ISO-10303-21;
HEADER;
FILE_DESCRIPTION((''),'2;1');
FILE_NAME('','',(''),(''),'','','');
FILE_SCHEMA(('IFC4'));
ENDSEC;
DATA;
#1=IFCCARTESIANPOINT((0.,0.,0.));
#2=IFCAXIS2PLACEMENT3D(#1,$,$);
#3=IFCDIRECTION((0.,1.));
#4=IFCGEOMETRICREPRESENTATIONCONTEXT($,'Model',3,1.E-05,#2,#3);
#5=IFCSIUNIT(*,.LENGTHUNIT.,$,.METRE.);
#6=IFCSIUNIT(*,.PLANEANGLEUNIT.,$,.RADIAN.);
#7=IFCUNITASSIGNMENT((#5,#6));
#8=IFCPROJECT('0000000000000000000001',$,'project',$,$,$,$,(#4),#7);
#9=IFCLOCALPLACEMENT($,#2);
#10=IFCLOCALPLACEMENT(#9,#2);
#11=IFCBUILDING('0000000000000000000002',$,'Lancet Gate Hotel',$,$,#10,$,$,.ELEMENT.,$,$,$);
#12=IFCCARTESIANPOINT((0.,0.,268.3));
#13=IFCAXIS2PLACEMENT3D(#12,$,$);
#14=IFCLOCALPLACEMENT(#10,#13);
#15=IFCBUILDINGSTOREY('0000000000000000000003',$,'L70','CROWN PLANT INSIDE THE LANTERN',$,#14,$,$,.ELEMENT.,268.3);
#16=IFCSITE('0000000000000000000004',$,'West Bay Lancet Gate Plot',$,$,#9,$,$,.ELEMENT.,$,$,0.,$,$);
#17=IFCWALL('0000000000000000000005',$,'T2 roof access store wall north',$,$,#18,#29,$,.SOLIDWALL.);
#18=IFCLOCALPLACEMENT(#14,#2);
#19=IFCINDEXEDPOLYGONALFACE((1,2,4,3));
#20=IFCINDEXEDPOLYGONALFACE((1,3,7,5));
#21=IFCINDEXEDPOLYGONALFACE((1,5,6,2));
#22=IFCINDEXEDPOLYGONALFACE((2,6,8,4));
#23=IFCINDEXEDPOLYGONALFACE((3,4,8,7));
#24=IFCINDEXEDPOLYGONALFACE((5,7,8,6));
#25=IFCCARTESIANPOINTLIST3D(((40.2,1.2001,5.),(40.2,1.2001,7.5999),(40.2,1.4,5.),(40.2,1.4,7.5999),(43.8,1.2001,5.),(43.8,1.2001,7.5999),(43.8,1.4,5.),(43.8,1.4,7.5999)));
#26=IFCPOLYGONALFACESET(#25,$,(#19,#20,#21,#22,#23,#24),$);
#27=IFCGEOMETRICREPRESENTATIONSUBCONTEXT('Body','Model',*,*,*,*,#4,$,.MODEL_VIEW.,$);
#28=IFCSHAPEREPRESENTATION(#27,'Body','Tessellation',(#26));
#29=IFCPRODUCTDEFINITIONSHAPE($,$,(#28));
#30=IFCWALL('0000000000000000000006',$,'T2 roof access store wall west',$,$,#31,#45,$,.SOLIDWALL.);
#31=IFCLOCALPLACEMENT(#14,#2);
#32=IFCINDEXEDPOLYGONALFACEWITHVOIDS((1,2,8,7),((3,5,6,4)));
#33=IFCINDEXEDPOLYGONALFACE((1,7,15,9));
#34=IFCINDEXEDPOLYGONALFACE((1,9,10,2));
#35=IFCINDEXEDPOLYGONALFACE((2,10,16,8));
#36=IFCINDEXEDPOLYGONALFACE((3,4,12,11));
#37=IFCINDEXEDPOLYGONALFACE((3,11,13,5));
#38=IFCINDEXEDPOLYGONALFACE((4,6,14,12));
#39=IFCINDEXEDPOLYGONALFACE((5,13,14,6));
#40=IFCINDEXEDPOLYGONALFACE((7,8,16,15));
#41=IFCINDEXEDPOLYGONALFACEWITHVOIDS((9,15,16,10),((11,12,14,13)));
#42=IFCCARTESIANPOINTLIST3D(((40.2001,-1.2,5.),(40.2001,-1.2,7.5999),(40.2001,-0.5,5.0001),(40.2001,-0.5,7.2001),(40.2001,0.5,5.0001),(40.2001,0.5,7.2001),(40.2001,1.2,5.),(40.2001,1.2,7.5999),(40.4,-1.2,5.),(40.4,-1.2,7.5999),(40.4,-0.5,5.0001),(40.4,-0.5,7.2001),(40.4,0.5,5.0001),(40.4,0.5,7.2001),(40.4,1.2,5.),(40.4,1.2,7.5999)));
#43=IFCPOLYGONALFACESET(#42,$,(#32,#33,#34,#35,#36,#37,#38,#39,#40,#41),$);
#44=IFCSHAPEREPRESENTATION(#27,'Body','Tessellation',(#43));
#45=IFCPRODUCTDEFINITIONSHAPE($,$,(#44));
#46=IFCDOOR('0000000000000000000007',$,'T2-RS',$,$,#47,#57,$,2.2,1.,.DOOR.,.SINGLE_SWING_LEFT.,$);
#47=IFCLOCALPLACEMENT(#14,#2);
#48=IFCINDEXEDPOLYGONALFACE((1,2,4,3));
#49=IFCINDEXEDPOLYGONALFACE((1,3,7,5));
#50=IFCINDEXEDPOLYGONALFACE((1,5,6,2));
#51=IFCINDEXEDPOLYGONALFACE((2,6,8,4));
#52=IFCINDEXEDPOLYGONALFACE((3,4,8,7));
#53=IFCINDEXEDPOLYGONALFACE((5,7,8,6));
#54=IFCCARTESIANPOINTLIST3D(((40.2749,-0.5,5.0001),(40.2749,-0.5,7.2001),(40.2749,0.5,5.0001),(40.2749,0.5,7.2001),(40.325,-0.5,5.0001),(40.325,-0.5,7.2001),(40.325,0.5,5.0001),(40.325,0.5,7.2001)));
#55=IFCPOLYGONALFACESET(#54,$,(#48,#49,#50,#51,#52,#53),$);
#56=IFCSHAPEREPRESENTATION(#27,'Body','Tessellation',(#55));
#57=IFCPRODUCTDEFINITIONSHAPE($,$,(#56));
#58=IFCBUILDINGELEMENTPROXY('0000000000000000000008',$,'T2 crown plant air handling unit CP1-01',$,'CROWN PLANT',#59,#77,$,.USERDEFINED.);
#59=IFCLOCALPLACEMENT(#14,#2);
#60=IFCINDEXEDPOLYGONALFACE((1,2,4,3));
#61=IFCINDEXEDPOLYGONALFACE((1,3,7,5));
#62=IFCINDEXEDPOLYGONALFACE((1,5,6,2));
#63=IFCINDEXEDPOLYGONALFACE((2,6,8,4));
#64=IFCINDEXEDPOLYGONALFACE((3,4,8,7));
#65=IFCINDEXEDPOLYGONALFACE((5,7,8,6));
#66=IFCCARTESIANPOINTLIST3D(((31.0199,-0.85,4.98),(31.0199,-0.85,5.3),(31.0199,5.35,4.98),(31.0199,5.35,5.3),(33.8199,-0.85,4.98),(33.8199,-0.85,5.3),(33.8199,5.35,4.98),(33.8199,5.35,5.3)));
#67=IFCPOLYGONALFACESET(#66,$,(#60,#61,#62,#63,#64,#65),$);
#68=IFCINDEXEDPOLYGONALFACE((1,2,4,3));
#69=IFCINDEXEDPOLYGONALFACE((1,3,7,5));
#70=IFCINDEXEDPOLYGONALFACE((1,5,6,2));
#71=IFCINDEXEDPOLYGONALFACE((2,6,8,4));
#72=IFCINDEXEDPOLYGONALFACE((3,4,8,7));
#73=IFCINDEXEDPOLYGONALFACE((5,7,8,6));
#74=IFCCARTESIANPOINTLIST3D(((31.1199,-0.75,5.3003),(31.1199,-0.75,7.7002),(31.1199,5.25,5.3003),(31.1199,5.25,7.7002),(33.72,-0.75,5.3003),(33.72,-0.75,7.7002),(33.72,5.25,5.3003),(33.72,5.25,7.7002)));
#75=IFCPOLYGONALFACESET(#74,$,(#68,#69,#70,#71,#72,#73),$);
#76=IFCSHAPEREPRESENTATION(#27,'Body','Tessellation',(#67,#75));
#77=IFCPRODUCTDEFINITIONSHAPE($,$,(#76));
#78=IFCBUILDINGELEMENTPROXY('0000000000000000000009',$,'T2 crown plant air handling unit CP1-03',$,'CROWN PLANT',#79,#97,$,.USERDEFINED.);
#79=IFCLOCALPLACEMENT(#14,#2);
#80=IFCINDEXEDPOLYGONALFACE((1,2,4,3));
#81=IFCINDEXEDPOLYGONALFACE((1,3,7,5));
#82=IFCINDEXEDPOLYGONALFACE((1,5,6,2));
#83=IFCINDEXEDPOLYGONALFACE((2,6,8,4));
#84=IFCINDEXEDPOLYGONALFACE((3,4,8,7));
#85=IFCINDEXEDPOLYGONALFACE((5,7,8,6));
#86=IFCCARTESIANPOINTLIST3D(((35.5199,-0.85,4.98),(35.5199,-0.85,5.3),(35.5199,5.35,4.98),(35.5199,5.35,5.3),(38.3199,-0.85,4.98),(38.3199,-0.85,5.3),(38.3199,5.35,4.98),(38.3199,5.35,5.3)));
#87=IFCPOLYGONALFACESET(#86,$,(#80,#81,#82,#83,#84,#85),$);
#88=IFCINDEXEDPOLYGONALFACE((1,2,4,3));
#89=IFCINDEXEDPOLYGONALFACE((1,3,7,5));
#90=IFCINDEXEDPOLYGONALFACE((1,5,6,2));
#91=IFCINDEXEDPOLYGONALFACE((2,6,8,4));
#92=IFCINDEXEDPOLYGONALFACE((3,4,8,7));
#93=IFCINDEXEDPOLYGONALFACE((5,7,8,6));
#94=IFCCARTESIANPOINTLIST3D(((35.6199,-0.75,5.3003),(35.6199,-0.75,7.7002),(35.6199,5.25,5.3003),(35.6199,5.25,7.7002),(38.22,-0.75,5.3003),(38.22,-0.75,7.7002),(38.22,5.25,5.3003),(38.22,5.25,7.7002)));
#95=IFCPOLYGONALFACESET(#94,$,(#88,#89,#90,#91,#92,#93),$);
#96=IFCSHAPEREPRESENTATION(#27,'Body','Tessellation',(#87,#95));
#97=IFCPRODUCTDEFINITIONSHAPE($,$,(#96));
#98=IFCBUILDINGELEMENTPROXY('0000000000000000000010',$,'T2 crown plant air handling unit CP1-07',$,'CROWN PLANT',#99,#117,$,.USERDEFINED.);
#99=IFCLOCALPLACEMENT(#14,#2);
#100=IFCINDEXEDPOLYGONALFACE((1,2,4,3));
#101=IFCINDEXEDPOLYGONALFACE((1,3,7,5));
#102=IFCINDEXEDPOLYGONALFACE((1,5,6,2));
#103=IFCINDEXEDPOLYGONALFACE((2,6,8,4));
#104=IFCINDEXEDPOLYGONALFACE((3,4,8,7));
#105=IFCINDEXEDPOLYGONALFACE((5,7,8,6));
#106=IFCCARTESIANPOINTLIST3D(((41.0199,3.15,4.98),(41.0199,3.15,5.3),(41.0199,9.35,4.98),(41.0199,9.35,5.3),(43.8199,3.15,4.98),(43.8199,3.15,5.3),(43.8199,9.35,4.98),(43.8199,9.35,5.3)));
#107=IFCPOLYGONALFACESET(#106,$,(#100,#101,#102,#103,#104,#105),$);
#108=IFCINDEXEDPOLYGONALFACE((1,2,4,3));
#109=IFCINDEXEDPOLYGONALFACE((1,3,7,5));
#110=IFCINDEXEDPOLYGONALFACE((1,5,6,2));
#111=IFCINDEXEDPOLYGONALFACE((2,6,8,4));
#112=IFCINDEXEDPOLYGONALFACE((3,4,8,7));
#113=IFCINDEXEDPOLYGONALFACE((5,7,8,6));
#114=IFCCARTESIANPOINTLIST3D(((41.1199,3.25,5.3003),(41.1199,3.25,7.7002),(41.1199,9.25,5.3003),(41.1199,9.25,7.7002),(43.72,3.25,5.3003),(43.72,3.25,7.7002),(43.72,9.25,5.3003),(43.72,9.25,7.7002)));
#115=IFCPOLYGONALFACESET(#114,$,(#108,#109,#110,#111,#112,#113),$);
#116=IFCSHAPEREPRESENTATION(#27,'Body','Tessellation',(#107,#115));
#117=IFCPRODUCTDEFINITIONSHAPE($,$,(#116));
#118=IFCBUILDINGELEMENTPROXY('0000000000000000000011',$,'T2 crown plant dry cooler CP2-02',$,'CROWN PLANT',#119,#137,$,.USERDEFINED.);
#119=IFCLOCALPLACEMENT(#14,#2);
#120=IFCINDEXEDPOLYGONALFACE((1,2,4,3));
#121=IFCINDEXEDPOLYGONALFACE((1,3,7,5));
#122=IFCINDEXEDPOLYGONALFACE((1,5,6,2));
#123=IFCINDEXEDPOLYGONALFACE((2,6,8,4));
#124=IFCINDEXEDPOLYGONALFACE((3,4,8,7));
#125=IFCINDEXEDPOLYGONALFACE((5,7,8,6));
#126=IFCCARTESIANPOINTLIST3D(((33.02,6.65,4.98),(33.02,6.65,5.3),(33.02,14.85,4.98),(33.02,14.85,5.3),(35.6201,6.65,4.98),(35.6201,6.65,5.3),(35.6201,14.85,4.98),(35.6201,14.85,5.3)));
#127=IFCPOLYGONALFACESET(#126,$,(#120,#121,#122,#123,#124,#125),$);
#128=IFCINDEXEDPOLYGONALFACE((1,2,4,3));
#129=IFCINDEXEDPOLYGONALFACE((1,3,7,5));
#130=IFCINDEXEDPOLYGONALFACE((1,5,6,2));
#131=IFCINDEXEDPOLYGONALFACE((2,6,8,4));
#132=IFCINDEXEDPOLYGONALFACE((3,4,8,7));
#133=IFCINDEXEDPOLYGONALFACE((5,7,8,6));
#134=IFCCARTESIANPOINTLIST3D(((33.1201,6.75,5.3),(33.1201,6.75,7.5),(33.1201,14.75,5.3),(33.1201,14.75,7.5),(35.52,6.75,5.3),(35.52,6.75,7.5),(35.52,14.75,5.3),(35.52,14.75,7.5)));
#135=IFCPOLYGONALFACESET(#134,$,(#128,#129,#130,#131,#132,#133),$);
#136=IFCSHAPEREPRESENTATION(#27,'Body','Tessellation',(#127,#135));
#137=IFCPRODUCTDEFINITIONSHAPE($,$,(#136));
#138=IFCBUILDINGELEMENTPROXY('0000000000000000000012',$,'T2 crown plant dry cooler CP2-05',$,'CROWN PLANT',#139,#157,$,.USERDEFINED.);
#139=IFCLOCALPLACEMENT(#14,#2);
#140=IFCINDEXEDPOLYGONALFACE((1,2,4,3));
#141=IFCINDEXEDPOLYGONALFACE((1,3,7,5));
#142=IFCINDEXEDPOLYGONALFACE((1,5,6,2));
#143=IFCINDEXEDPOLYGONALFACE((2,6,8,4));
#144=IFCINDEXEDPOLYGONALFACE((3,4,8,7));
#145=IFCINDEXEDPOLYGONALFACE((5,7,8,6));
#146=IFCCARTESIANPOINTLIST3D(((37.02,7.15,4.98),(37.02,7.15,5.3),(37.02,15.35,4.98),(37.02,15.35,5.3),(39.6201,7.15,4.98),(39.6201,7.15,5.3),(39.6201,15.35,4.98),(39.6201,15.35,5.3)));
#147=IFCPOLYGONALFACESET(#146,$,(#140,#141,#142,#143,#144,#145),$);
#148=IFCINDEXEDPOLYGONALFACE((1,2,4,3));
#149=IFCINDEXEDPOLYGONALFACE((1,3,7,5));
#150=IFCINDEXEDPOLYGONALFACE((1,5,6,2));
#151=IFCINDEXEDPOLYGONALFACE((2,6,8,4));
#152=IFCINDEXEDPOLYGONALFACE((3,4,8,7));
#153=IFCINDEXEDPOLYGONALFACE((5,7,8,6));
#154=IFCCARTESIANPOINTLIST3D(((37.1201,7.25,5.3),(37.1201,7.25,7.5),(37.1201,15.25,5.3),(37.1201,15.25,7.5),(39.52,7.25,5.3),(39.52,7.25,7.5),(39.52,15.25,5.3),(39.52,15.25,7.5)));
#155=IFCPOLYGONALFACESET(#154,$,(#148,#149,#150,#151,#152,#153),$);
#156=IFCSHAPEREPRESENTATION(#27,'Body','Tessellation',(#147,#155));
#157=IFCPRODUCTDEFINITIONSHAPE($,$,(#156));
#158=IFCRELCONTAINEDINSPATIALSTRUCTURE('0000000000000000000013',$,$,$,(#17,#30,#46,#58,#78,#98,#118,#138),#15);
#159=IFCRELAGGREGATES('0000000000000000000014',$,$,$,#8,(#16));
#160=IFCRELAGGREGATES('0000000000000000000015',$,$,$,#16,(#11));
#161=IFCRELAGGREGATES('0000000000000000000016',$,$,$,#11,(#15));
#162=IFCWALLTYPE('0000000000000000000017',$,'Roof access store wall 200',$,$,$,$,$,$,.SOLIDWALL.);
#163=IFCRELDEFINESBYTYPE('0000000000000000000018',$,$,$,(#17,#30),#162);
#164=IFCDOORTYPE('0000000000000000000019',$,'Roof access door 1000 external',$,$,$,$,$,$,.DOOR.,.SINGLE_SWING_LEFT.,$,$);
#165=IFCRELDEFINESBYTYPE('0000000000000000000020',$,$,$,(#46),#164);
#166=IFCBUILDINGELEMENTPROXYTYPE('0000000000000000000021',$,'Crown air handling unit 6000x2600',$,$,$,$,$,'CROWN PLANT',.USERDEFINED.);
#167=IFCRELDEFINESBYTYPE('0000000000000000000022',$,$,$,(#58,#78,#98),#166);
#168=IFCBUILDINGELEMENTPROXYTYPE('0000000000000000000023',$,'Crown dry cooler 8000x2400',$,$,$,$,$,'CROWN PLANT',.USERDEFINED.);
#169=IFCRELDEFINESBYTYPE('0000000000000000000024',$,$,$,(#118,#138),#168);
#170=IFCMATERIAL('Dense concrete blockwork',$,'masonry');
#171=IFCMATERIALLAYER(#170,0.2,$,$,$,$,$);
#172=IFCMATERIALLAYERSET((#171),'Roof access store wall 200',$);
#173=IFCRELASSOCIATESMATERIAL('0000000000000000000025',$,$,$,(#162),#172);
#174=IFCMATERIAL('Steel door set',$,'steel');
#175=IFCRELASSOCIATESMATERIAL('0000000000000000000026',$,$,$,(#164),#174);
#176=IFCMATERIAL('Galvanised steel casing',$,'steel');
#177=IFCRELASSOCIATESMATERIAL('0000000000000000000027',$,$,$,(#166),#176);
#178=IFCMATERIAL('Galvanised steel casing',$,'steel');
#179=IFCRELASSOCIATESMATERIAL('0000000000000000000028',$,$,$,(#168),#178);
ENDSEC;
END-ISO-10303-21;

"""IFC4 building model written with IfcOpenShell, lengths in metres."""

from ifc_helpers import new_model, si_unit, direction, frame, frame_2d, origin, origin_2d, place, context, subcontext, project, spatial, rectangle, extrude, material, layer, layer_set, type_object, element, fill, save


model = new_model("IFC4")

# Units and contexts
model_context = context("Model", 3, precision=1e-05, world=origin(), true_north=direction((0.0, 1.0)))
body_context = subcontext(model_context, "Body", "Model", "MODEL_VIEW")
ifc_project = project(units=[si_unit("LENGTHUNIT", "METRE"), si_unit("PLANEANGLEUNIT", "RADIAN")], contexts=[model_context])

# Site, building, storey
site_placement = place(None, origin())
site = spatial("IfcSite", under=ifc_project, at=site_placement, Name="West Bay Lancet Gate Plot", CompositionType="ELEMENT", RefElevation=0.0)
building_placement = place(site_placement, origin())
building = spatial("IfcBuilding", under=site, at=building_placement, Name="Lancet Gate Hotel", CompositionType="ELEMENT")
storey_placement = place(building_placement, frame((0.0, 0.0, 268.3)))
storey = spatial("IfcBuildingStorey", under=building, at=storey_placement, Name="L70", Description="CROWN PLANT INSIDE THE LANTERN", CompositionType="ELEMENT", Elevation=268.3)

# Wall
ifc_material_1 = material(Name="Dense concrete blockwork", Category="masonry")
ifc_layer_1 = layer(ifc_material_1, 0.2)
ifc_layer_set_1 = layer_set([ifc_layer_1], Name="Roof access store wall 200")
wall_type_1 = type_object("IfcWallType", Name="Roof access store wall 200", PredefinedType="SOLIDWALL", material=ifc_layer_set_1)
wall_1_placement = place(storey_placement, frame((43.8, 1.3, 5.0), z_axis=(0.0, 0.0, 1.0), x_axis=(-1.0, 0.0, 0.0)))
element("IfcWall", 1, at=wall_1_placement, inside=storey, type_object=wall_type_1, Name="T2 roof access store wall north", PredefinedType="SOLIDWALL", context=body_context, shape_type="SweptSolid", body=[
    extrude(rectangle(XDim=3.6001, YDim=0.2, at=frame_2d((1.8, 0.0))), origin(), (0.0, 0.0, 1.0), 2.5999),
])

# Wall, opening, door
wall_2_placement = place(storey_placement, frame((40.3, 1.2, 5.0), z_axis=(0.0, 0.0, 1.0), x_axis=(0.0, -1.0, 0.0)))
wall_2 = element("IfcWall", 2, at=wall_2_placement, inside=storey, type_object=wall_type_1, Name="T2 roof access store wall west", PredefinedType="SOLIDWALL", context=body_context, shape_type="SweptSolid", body=[
    extrude(rectangle(XDim=2.3999, YDim=0.2, at=frame_2d((1.2, 0.0))), origin(), (0.0, 0.0, 1.0), 2.5999),
])
opening_1_placement = place(wall_2_placement, frame((0.7, 0.0, 0.0)))
opening_1 = element("IfcOpeningElement", 3, at=opening_1_placement, cuts=wall_2, PredefinedType="OPENING", context=body_context, shape_type="SweptSolid", body=[
    extrude(rectangle(XDim=1.0, YDim=2.2, at=frame_2d((0.5, 1.1001))), frame((0.0, 0.1099, 0.0), z_axis=(0.0, -1.0, 0.0), x_axis=(1.0, 0.0, 0.0)), (0.0, 0.0, 1.0), 0.22),
])
ifc_material_2 = material(Name="Steel door set", Category="steel")
door_type_1 = type_object("IfcDoorType", Name="Roof access door 1000 external", OperationType="SINGLE_SWING_LEFT", PredefinedType="DOOR", material=ifc_material_2)
door_1_placement = place(opening_1_placement, origin())
door_1 = element("IfcDoor", 4, at=door_1_placement, inside=storey, type_object=door_type_1, Name="T2-RS", OperationType="SINGLE_SWING_LEFT", OverallHeight=2.2, OverallWidth=1.0, PredefinedType="DOOR", context=body_context, shape_type="SweptSolid", body=[
    extrude(rectangle(XDim=1.0, YDim=2.2, at=frame_2d((0.5, 1.1001))), frame((0.0, 0.0249, 0.0), z_axis=(0.0, -1.0, 0.0), x_axis=(1.0, 0.0, 0.0)), (0.0, 0.0, 1.0), 0.05),
])
fill(opening_1, door_1)

# Building element proxies
ifc_material_3 = material(Name="Galvanised steel casing", Category="steel")
building_element_proxy_type_1 = type_object("IfcBuildingElementProxyType", Name="Crown air handling unit 6000x2600", ElementType="CROWN PLANT", PredefinedType="USERDEFINED", material=ifc_material_3)
for number, where, z_axis, x_axis, name in (
    (5, (32.4199, 2.25, 4.98), (0.0, 0.0, 1.0), (1.0, 0.0, 0.0), "T2 crown plant air handling unit CP1-01"),
    (6, (36.9199, 2.25, 4.98), (0.0, 0.0, 1.0), (1.0, 0.0, 0.0), "T2 crown plant air handling unit CP1-03"),
    (7, (42.4199, 6.25, 4.98), (0.0, 0.0, 1.0), (1.0, 0.0, 0.0), "T2 crown plant air handling unit CP1-07"),
):
    element("IfcBuildingElementProxy", number, at=place(storey_placement, frame(where, z_axis=z_axis, x_axis=x_axis)), inside=storey, type_object=building_element_proxy_type_1, Name=name, ObjectType="CROWN PLANT", PredefinedType="USERDEFINED", context=body_context, shape_type="SweptSolid", body=[
        extrude(rectangle(XDim=6.2, YDim=2.8, at=origin_2d()), frame((0.0, 0.0, 0.0), z_axis=(0.0, 0.0, 1.0), x_axis=(0.0, 1.0, 0.0)), (0.0, 0.0, 1.0), 0.3201),
        extrude(rectangle(XDim=6.0, YDim=2.6001, at=origin_2d()), frame((0.0, 0.0, 0.3203), z_axis=(0.0, 0.0, 1.0), x_axis=(0.0, 1.0, 0.0)), (0.0, 0.0, 1.0), 2.3999),
    ])
ifc_material_4 = material(Name="Galvanised steel casing", Category="steel")
building_element_proxy_type_2 = type_object("IfcBuildingElementProxyType", Name="Crown dry cooler 8000x2400", ElementType="CROWN PLANT", PredefinedType="USERDEFINED", material=ifc_material_4)
for number, where, z_axis, x_axis, name in (
    (8, (34.3201, 10.75, 4.98), (0.0, 0.0, 1.0), (1.0, 0.0, 0.0), "T2 crown plant dry cooler CP2-02"),
    (9, (38.3201, 11.25, 4.98), (0.0, 0.0, 1.0), (1.0, 0.0, 0.0), "T2 crown plant dry cooler CP2-05"),
):
    element("IfcBuildingElementProxy", number, at=place(storey_placement, frame(where, z_axis=z_axis, x_axis=x_axis)), inside=storey, type_object=building_element_proxy_type_2, Name=name, ObjectType="CROWN PLANT", PredefinedType="USERDEFINED", context=body_context, shape_type="SweptSolid", body=[
        extrude(rectangle(XDim=8.2, YDim=2.6001, at=origin_2d()), frame((0.0, 0.0, 0.0), z_axis=(0.0, 0.0, 1.0), x_axis=(0.0, 1.0, 0.0)), (0.0, 0.0, 1.0), 0.3201),
        extrude(rectangle(XDim=8.0, YDim=2.3999, at=origin_2d()), frame((0.0, 0.0, 0.3201), z_axis=(0.0, 0.0, 1.0), x_axis=(0.0, 1.0, 0.0)), (0.0, 0.0, 1.0), 2.2),
    ])

save(model, "model.ifc")
